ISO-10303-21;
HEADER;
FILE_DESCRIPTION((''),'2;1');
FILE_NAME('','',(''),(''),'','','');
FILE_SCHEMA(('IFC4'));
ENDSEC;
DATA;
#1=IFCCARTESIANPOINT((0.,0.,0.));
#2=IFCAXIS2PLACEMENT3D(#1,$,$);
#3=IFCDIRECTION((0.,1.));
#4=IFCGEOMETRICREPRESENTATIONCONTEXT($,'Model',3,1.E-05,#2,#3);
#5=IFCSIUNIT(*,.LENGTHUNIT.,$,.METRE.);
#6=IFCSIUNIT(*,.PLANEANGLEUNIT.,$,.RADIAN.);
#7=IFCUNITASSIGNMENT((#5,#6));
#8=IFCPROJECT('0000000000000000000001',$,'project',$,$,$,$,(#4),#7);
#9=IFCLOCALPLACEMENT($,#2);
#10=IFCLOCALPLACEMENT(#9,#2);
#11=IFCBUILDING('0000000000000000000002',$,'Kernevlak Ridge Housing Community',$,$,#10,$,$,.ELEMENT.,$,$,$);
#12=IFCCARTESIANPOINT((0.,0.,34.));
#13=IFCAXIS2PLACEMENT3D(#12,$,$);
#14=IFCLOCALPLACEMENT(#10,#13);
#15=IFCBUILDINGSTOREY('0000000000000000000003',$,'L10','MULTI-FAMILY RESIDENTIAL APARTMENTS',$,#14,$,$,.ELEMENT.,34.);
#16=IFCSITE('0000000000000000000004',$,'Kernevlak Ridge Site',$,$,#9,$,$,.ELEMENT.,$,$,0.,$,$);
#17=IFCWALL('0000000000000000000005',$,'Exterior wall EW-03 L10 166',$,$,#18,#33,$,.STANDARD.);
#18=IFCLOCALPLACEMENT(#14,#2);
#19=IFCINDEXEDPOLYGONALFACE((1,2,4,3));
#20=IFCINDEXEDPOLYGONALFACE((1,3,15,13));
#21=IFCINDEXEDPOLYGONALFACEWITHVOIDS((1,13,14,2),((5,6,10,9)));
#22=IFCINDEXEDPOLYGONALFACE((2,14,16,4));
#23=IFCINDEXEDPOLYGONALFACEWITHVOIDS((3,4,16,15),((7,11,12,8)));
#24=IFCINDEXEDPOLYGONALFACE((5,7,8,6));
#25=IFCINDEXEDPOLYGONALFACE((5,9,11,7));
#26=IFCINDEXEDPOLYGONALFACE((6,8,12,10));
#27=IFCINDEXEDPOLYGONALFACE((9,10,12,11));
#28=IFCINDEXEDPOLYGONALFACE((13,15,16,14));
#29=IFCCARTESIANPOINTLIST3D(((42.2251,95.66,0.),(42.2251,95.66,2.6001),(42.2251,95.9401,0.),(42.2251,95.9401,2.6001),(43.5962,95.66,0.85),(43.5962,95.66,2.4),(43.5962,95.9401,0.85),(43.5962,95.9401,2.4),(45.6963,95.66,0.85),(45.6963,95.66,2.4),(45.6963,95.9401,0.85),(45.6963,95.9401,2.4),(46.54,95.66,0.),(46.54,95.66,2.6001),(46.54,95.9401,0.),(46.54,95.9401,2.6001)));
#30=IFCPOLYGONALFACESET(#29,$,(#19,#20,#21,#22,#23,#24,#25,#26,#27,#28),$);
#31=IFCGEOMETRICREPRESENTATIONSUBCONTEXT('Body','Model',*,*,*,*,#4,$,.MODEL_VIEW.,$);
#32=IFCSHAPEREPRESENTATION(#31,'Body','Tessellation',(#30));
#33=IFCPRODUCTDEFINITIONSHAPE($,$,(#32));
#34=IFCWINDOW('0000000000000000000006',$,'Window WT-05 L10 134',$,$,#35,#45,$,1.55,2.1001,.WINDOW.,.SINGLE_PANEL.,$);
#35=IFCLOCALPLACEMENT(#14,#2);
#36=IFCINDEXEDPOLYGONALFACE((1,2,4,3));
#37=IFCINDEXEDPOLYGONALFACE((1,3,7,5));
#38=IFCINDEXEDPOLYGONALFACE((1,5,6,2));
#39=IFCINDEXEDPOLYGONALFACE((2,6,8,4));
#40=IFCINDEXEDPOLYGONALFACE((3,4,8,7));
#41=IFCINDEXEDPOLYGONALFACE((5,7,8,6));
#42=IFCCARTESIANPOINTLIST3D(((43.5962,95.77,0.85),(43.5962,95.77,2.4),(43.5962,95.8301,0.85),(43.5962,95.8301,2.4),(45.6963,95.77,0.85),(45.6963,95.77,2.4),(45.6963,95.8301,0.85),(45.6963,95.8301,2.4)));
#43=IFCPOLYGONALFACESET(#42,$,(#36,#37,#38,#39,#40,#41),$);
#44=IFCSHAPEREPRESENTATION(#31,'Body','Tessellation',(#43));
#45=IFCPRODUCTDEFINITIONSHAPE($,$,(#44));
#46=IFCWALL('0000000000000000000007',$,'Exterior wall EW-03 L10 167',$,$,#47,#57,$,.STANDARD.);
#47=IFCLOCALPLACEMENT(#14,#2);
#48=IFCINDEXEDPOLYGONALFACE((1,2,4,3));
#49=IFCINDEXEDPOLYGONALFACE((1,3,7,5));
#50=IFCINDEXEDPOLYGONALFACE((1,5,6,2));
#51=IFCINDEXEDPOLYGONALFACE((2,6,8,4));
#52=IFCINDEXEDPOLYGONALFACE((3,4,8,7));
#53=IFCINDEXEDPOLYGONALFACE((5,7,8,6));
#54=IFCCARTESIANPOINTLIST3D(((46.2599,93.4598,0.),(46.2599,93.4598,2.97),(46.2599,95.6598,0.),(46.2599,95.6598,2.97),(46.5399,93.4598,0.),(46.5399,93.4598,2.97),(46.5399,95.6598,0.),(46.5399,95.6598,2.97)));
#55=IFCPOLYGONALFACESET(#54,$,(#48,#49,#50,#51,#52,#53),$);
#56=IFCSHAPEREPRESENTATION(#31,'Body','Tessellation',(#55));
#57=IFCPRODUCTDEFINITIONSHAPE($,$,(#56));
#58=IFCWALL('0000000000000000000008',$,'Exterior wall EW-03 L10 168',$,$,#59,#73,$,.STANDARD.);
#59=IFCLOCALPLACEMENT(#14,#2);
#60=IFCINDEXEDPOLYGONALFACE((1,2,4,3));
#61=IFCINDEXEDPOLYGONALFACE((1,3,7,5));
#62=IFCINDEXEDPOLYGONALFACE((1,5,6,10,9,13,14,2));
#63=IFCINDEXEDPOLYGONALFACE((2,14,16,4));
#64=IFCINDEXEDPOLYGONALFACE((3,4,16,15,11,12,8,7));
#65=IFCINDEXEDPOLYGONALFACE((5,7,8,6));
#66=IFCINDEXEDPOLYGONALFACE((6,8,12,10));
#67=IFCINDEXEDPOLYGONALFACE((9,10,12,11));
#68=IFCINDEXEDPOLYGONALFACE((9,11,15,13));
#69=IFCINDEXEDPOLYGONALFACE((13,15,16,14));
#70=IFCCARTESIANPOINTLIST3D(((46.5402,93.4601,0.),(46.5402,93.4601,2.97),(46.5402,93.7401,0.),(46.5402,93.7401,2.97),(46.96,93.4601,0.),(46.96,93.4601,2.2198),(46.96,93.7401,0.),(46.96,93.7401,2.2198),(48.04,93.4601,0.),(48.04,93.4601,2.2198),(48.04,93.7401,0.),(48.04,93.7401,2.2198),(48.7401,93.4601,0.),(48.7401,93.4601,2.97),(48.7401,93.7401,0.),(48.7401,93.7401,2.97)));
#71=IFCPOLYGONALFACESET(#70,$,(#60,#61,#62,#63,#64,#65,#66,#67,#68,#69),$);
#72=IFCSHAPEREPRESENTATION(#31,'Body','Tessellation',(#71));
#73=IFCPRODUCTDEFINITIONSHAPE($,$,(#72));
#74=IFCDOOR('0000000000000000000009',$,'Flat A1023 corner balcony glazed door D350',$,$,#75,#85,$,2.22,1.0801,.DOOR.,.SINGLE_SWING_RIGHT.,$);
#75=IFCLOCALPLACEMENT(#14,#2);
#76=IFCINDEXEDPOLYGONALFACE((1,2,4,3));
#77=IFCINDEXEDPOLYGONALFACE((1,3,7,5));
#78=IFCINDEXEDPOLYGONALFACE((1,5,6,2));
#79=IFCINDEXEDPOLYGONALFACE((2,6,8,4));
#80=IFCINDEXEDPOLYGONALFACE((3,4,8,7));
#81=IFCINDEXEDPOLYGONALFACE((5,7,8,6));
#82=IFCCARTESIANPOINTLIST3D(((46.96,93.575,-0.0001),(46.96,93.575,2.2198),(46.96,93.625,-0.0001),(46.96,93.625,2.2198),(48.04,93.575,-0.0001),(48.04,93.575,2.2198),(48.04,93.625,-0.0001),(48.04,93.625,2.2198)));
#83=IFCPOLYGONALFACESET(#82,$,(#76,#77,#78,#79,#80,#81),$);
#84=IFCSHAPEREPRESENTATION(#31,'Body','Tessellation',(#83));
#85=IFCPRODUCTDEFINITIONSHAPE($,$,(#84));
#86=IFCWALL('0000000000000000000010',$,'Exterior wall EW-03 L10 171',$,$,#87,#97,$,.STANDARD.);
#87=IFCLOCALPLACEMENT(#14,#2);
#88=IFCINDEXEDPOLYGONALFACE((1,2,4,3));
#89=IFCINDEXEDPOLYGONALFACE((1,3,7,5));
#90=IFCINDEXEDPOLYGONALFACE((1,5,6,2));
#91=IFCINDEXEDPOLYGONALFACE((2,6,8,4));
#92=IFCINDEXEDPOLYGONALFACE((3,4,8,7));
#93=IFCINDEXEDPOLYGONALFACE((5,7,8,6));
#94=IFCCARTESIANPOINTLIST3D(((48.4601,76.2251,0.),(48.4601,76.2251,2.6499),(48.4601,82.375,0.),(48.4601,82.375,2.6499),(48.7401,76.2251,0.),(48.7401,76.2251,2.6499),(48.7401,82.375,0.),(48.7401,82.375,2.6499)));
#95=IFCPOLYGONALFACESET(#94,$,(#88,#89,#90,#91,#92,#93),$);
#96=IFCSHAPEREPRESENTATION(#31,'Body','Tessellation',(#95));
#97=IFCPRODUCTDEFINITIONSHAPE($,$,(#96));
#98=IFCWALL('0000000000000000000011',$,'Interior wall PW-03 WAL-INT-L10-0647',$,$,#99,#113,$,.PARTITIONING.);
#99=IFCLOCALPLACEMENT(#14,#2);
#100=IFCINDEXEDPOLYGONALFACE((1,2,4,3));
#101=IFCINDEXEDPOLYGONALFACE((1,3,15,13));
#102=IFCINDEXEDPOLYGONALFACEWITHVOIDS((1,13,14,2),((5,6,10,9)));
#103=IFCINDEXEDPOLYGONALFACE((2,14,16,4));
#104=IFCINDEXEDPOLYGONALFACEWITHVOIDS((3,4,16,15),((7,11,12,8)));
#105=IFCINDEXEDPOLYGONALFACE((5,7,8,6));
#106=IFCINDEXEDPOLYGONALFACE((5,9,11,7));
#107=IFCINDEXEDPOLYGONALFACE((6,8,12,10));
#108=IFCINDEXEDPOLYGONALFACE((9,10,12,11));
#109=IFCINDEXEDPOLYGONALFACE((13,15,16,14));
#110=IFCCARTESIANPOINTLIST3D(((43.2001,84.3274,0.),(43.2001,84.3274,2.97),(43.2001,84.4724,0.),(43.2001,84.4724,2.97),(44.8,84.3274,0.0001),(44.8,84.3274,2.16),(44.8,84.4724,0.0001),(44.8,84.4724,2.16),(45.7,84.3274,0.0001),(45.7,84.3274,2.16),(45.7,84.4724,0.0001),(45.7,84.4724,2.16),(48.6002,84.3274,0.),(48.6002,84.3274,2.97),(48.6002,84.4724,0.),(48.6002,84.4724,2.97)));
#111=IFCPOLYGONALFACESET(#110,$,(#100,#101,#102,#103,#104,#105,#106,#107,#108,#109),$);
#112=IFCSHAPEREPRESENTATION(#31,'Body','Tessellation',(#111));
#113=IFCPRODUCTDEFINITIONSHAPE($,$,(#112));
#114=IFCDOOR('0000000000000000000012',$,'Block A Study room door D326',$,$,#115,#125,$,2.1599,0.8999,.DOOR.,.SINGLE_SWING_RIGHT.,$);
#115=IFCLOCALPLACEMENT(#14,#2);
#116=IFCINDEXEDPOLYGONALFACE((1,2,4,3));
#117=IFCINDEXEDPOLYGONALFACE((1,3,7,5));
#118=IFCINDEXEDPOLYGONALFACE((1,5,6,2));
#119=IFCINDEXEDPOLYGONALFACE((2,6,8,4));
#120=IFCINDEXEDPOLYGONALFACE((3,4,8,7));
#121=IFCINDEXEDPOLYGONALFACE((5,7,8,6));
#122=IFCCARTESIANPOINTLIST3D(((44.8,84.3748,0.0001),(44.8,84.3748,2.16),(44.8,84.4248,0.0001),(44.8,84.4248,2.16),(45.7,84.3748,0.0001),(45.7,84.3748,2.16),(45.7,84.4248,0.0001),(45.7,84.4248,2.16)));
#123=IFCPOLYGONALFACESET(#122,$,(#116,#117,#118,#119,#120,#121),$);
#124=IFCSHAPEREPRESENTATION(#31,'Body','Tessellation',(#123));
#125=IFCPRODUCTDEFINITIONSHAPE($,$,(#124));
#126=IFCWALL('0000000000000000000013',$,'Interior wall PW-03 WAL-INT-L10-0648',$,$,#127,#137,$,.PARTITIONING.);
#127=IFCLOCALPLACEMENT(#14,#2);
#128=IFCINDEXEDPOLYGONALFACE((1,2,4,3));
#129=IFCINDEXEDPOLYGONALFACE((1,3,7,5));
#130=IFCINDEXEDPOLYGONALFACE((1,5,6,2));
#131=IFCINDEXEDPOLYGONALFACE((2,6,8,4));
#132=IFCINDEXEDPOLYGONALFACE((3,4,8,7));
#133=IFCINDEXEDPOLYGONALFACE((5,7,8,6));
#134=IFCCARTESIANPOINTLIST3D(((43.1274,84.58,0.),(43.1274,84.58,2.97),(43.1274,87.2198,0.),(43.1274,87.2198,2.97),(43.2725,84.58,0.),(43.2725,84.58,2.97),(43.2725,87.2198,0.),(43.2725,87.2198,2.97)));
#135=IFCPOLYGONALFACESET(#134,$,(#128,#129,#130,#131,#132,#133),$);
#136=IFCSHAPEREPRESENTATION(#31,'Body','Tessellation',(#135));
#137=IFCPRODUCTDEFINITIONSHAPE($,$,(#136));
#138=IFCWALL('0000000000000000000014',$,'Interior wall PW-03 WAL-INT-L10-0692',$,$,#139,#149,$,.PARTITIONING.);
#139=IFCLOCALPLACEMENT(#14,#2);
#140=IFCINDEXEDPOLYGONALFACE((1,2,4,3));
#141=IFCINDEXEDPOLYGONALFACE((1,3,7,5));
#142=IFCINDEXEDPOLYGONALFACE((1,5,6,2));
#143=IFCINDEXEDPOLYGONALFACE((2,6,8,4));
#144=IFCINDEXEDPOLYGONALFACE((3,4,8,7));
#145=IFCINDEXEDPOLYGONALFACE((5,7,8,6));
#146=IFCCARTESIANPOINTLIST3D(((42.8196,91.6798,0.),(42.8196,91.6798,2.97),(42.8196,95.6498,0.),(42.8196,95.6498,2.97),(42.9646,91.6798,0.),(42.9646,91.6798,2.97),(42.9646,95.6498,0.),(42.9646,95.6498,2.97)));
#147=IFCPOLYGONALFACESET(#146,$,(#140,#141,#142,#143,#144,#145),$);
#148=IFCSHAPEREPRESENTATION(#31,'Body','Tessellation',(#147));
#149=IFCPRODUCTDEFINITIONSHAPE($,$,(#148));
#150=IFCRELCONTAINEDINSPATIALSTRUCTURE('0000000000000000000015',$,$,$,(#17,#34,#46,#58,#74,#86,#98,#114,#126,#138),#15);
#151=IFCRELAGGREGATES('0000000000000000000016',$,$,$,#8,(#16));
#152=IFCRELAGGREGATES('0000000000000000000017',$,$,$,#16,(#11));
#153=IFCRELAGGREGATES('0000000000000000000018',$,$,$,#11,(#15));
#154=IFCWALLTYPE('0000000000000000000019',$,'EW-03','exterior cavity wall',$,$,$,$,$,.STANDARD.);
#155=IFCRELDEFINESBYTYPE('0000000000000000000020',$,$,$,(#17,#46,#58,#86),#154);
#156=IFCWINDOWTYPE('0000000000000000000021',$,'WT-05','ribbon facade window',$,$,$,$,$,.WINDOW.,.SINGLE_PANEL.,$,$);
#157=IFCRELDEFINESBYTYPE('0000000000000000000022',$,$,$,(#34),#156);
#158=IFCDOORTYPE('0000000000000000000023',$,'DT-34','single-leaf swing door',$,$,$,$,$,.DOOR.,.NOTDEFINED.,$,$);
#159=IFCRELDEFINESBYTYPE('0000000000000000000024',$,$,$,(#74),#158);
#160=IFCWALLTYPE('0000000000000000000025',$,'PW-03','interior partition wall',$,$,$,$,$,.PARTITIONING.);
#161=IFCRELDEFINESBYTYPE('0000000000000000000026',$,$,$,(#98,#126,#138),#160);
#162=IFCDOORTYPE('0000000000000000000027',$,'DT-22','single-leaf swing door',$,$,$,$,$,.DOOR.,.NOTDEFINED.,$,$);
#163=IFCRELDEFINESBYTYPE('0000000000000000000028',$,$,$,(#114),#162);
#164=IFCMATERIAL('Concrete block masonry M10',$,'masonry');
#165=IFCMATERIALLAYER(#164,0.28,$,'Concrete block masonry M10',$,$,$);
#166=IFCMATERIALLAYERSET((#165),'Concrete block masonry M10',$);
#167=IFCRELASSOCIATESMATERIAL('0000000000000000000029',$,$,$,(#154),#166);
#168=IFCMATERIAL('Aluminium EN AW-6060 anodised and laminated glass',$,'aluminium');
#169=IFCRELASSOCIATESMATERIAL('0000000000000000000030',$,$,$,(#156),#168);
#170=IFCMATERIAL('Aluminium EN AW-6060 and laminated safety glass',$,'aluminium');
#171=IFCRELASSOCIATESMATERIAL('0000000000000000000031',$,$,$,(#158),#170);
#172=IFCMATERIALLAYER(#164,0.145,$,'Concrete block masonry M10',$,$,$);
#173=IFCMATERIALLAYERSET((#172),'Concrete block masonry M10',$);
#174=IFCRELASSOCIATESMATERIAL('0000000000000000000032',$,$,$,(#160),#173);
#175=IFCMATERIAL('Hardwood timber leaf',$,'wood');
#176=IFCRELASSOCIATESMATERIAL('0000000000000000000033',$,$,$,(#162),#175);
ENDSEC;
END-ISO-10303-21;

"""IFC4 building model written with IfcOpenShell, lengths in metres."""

from ifc_helpers import new_model, si_unit, direction, frame, frame_2d, origin, place, context, subcontext, project, spatial, rectangle, extrude, material, layer, layer_set, type_object, element, fill, save


model = new_model("IFC4")

# Units and contexts
model_context = context("Model", 3, precision=1e-05, world=origin(), true_north=direction((0.0, 1.0)))
body_context = subcontext(model_context, "Body", "Model", "MODEL_VIEW")
ifc_project = project(units=[si_unit("LENGTHUNIT", "METRE"), si_unit("PLANEANGLEUNIT", "RADIAN")], contexts=[model_context])

# Site, building, storey
site_placement = place(None, origin())
site = spatial("IfcSite", under=ifc_project, at=site_placement, Name="Kernevlak Ridge Site", CompositionType="ELEMENT", RefElevation=0.0)
building_placement = place(site_placement, origin())
building = spatial("IfcBuilding", under=site, at=building_placement, Name="Kernevlak Ridge Housing Community", CompositionType="ELEMENT")
storey_placement = place(building_placement, frame((0.0, 0.0, 34.0)))
storey = spatial("IfcBuildingStorey", under=building, at=storey_placement, Name="L10", Description="MULTI-FAMILY RESIDENTIAL APARTMENTS", CompositionType="ELEMENT", Elevation=34.0)

# Shared definitions
ifc_material_1 = material(Name="Aluminium EN AW-6060 anodised and laminated glass", Category="aluminium")

# Wall, opening, window
ifc_material_2 = material(Name="Concrete block masonry M10", Category="masonry")
ifc_layer_1 = layer(ifc_material_2, 0.28, Name="Concrete block masonry M10")
ifc_layer_set_1 = layer_set([ifc_layer_1], Name="Concrete block masonry M10")
wall_type_1 = type_object("IfcWallType", Name="EW-03", Description="exterior cavity wall", PredefinedType="STANDARD", material=ifc_layer_set_1)
wall_1_placement = place(storey_placement, frame((42.2251, 95.8, 0.0), z_axis=(0.0, 0.0, 1.0), x_axis=(1.0, 0.0, 0.0)))
wall_1 = element("IfcWall", 1, at=wall_1_placement, inside=storey, type_object=wall_type_1, Name="Exterior wall EW-03 L10 166", PredefinedType="STANDARD", context=body_context, shape_type="SweptSolid", body=[
    extrude(rectangle(XDim=4.3149, YDim=0.28, at=frame_2d((2.1575, 0.0))), origin(), (0.0, 0.0, 1.0), 2.6001),
])
opening_1_placement = place(wall_1_placement, frame((1.3711, 0.0, 0.8501)))
opening_1 = element("IfcOpeningElement", 2, at=opening_1_placement, cuts=wall_1, PredefinedType="OPENING", context=body_context, shape_type="SweptSolid", body=[
    extrude(rectangle(XDim=2.1001, YDim=1.55, at=frame_2d((1.05, 0.7749))), frame((0.0, 0.1499, 0.0), z_axis=(0.0, -1.0, 0.0), x_axis=(1.0, 0.0, 0.0)), (0.0, 0.0, 1.0), 0.3),
])
window_type_1 = type_object("IfcWindowType", Name="WT-05", Description="ribbon facade window", PartitioningType="SINGLE_PANEL", PredefinedType="WINDOW", material=ifc_material_1)
window_1_placement = place(opening_1_placement, origin())
window_1 = element("IfcWindow", 3, at=window_1_placement, inside=storey, type_object=window_type_1, Name="Window WT-05 L10 134", OverallHeight=1.55, OverallWidth=2.1001, PartitioningType="SINGLE_PANEL", PredefinedType="WINDOW", context=body_context, shape_type="SweptSolid", body=[
    extrude(rectangle(XDim=2.1001, YDim=1.55, at=frame_2d((1.05, 0.7749))), frame((0.0, 0.03, 0.0), z_axis=(0.0, -1.0, 0.0), x_axis=(1.0, 0.0, 0.0)), (0.0, 0.0, 1.0), 0.0601),
])
fill(opening_1, window_1)

# Wall
wall_2_placement = place(storey_placement, frame((46.3999, 95.6599, 0.0), z_axis=(0.0, 0.0, 1.0), x_axis=(0.0, -1.0, 0.0)))
element("IfcWall", 4, at=wall_2_placement, inside=storey, type_object=wall_type_1, Name="Exterior wall EW-03 L10 167", PredefinedType="STANDARD", context=body_context, shape_type="SweptSolid", body=[
    extrude(rectangle(XDim=2.2, YDim=0.28, at=frame_2d((1.1001, 0.0))), origin(), (0.0, 0.0, 1.0), 2.97),
])

# Wall, opening, door
wall_3_placement = place(storey_placement, frame((46.54, 93.6001, 0.0), z_axis=(0.0, 0.0, 1.0), x_axis=(1.0, 0.0, 0.0)))
wall_3 = element("IfcWall", 5, at=wall_3_placement, inside=storey, type_object=wall_type_1, Name="Exterior wall EW-03 L10 168", PredefinedType="STANDARD", context=body_context, shape_type="SweptSolid", body=[
    extrude(rectangle(XDim=2.2, YDim=0.28, at=frame_2d((1.1001, 0.0))), origin(), (0.0, 0.0, 1.0), 2.97),
])
opening_2_placement = place(wall_3_placement, frame((0.4199, 0.0, 0.0)))
opening_2 = element("IfcOpeningElement", 6, at=opening_2_placement, cuts=wall_3, PredefinedType="OPENING", context=body_context, shape_type="SweptSolid", body=[
    extrude(rectangle(XDim=1.0801, YDim=2.22, at=frame_2d((0.54, 1.1099))), frame((0.0, 0.1499, 0.0), z_axis=(0.0, -1.0, 0.0), x_axis=(1.0, 0.0, 0.0)), (0.0, 0.0, 1.0), 0.3),
])
ifc_material_3 = material(Name="Aluminium EN AW-6060 and laminated safety glass", Category="aluminium")
door_type_1 = type_object("IfcDoorType", Name="DT-34", Description="single-leaf swing door", OperationType="NOTDEFINED", PredefinedType="DOOR", material=ifc_material_3)
door_1_placement = place(opening_2_placement, origin())
door_1 = element("IfcDoor", 7, at=door_1_placement, inside=storey, type_object=door_type_1, Name="Flat A1023 corner balcony glazed door D350", OperationType="SINGLE_SWING_RIGHT", OverallHeight=2.22, OverallWidth=1.0801, PredefinedType="DOOR", context=body_context, shape_type="SweptSolid", body=[
    extrude(rectangle(XDim=1.0801, YDim=2.22, at=frame_2d((0.54, 1.1099))), frame((0.0, 0.0249, 0.0), z_axis=(0.0, -1.0, 0.0), x_axis=(1.0, 0.0, 0.0)), (0.0, 0.0, 1.0), 0.05),
])
fill(opening_2, door_1)

# Wall
wall_4_placement = place(storey_placement, frame((48.6001, 76.2251, 0.0), z_axis=(0.0, 0.0, 1.0), x_axis=(0.0, 1.0, 0.0)))
element("IfcWall", 8, at=wall_4_placement, inside=storey, type_object=wall_type_1, Name="Exterior wall EW-03 L10 171", PredefinedType="STANDARD", context=body_context, shape_type="SweptSolid", body=[
    extrude(rectangle(XDim=6.1499, YDim=0.28, at=frame_2d((3.075, 0.0))), origin(), (0.0, 0.0, 1.0), 2.6499),
])

# Wall, opening, door
ifc_layer_2 = layer(ifc_material_2, 0.145, Name="Concrete block masonry M10")
ifc_layer_set_2 = layer_set([ifc_layer_2], Name="Concrete block masonry M10")
wall_type_2 = type_object("IfcWallType", Name="PW-03", Description="interior partition wall", PredefinedType="PARTITIONING", material=ifc_layer_set_2)
wall_5_placement = place(storey_placement, frame((43.2, 84.3999, 0.0), z_axis=(0.0, 0.0, 1.0), x_axis=(1.0, 0.0, 0.0)))
wall_5 = element("IfcWall", 9, at=wall_5_placement, inside=storey, type_object=wall_type_2, Name="Interior wall PW-03 WAL-INT-L10-0647", PredefinedType="PARTITIONING", context=body_context, shape_type="SweptSolid", body=[
    extrude(rectangle(XDim=5.4001, YDim=0.145, at=frame_2d((2.7002, 0.0))), origin(), (0.0, 0.0, 1.0), 2.97),
])
opening_3_placement = place(wall_5_placement, frame((1.6001, 0.0, 0.0)))
opening_3 = element("IfcOpeningElement", 10, at=opening_3_placement, cuts=wall_5, PredefinedType="OPENING", context=body_context, shape_type="SweptSolid", body=[
    extrude(rectangle(XDim=0.8999, YDim=2.1599, at=frame_2d((0.45, 1.0801))), frame((0.0, 0.0825, 0.0), z_axis=(0.0, -1.0, 0.0), x_axis=(1.0, 0.0, 0.0)), (0.0, 0.0, 1.0), 0.165),
])
ifc_material_4 = material(Name="Hardwood timber leaf", Category="wood")
door_type_2 = type_object("IfcDoorType", Name="DT-22", Description="single-leaf swing door", OperationType="NOTDEFINED", PredefinedType="DOOR", material=ifc_material_4)
door_2_placement = place(opening_3_placement, origin())
door_2 = element("IfcDoor", 11, at=door_2_placement, inside=storey, type_object=door_type_2, Name="Block A Study room door D326", OperationType="SINGLE_SWING_RIGHT", OverallHeight=2.1599, OverallWidth=0.8999, PredefinedType="DOOR", context=body_context, shape_type="SweptSolid", body=[
    extrude(rectangle(XDim=0.8999, YDim=2.1599, at=frame_2d((0.45, 1.0801))), frame((0.0, 0.0249, 0.0), z_axis=(0.0, -1.0, 0.0), x_axis=(1.0, 0.0, 0.0)), (0.0, 0.0, 1.0), 0.05),
])
fill(opening_3, door_2)

# Walls
wall_6_placement = place(storey_placement, frame((43.2, 84.5801, 0.0), z_axis=(0.0, 0.0, 1.0), x_axis=(0.0, 1.0, 0.0)))
element("IfcWall", 12, at=wall_6_placement, inside=storey, type_object=wall_type_2, Name="Interior wall PW-03 WAL-INT-L10-0648", PredefinedType="PARTITIONING", context=body_context, shape_type="SweptSolid", body=[
    extrude(rectangle(XDim=2.6399, YDim=0.145, at=frame_2d((1.3198, 0.0))), origin(), (0.0, 0.0, 1.0), 2.97),
])
wall_7_placement = place(storey_placement, frame((42.8921, 91.6799, 0.0), z_axis=(0.0, 0.0, 1.0), x_axis=(0.0, 1.0, 0.0)))
element("IfcWall", 13, at=wall_7_placement, inside=storey, type_object=wall_type_2, Name="Interior wall PW-03 WAL-INT-L10-0692", PredefinedType="PARTITIONING", context=body_context, shape_type="SweptSolid", body=[
    extrude(rectangle(XDim=3.97, YDim=0.145, at=frame_2d((1.9849, 0.0))), origin(), (0.0, 0.0, 1.0), 2.97),
])

save(model, "model.ifc")
